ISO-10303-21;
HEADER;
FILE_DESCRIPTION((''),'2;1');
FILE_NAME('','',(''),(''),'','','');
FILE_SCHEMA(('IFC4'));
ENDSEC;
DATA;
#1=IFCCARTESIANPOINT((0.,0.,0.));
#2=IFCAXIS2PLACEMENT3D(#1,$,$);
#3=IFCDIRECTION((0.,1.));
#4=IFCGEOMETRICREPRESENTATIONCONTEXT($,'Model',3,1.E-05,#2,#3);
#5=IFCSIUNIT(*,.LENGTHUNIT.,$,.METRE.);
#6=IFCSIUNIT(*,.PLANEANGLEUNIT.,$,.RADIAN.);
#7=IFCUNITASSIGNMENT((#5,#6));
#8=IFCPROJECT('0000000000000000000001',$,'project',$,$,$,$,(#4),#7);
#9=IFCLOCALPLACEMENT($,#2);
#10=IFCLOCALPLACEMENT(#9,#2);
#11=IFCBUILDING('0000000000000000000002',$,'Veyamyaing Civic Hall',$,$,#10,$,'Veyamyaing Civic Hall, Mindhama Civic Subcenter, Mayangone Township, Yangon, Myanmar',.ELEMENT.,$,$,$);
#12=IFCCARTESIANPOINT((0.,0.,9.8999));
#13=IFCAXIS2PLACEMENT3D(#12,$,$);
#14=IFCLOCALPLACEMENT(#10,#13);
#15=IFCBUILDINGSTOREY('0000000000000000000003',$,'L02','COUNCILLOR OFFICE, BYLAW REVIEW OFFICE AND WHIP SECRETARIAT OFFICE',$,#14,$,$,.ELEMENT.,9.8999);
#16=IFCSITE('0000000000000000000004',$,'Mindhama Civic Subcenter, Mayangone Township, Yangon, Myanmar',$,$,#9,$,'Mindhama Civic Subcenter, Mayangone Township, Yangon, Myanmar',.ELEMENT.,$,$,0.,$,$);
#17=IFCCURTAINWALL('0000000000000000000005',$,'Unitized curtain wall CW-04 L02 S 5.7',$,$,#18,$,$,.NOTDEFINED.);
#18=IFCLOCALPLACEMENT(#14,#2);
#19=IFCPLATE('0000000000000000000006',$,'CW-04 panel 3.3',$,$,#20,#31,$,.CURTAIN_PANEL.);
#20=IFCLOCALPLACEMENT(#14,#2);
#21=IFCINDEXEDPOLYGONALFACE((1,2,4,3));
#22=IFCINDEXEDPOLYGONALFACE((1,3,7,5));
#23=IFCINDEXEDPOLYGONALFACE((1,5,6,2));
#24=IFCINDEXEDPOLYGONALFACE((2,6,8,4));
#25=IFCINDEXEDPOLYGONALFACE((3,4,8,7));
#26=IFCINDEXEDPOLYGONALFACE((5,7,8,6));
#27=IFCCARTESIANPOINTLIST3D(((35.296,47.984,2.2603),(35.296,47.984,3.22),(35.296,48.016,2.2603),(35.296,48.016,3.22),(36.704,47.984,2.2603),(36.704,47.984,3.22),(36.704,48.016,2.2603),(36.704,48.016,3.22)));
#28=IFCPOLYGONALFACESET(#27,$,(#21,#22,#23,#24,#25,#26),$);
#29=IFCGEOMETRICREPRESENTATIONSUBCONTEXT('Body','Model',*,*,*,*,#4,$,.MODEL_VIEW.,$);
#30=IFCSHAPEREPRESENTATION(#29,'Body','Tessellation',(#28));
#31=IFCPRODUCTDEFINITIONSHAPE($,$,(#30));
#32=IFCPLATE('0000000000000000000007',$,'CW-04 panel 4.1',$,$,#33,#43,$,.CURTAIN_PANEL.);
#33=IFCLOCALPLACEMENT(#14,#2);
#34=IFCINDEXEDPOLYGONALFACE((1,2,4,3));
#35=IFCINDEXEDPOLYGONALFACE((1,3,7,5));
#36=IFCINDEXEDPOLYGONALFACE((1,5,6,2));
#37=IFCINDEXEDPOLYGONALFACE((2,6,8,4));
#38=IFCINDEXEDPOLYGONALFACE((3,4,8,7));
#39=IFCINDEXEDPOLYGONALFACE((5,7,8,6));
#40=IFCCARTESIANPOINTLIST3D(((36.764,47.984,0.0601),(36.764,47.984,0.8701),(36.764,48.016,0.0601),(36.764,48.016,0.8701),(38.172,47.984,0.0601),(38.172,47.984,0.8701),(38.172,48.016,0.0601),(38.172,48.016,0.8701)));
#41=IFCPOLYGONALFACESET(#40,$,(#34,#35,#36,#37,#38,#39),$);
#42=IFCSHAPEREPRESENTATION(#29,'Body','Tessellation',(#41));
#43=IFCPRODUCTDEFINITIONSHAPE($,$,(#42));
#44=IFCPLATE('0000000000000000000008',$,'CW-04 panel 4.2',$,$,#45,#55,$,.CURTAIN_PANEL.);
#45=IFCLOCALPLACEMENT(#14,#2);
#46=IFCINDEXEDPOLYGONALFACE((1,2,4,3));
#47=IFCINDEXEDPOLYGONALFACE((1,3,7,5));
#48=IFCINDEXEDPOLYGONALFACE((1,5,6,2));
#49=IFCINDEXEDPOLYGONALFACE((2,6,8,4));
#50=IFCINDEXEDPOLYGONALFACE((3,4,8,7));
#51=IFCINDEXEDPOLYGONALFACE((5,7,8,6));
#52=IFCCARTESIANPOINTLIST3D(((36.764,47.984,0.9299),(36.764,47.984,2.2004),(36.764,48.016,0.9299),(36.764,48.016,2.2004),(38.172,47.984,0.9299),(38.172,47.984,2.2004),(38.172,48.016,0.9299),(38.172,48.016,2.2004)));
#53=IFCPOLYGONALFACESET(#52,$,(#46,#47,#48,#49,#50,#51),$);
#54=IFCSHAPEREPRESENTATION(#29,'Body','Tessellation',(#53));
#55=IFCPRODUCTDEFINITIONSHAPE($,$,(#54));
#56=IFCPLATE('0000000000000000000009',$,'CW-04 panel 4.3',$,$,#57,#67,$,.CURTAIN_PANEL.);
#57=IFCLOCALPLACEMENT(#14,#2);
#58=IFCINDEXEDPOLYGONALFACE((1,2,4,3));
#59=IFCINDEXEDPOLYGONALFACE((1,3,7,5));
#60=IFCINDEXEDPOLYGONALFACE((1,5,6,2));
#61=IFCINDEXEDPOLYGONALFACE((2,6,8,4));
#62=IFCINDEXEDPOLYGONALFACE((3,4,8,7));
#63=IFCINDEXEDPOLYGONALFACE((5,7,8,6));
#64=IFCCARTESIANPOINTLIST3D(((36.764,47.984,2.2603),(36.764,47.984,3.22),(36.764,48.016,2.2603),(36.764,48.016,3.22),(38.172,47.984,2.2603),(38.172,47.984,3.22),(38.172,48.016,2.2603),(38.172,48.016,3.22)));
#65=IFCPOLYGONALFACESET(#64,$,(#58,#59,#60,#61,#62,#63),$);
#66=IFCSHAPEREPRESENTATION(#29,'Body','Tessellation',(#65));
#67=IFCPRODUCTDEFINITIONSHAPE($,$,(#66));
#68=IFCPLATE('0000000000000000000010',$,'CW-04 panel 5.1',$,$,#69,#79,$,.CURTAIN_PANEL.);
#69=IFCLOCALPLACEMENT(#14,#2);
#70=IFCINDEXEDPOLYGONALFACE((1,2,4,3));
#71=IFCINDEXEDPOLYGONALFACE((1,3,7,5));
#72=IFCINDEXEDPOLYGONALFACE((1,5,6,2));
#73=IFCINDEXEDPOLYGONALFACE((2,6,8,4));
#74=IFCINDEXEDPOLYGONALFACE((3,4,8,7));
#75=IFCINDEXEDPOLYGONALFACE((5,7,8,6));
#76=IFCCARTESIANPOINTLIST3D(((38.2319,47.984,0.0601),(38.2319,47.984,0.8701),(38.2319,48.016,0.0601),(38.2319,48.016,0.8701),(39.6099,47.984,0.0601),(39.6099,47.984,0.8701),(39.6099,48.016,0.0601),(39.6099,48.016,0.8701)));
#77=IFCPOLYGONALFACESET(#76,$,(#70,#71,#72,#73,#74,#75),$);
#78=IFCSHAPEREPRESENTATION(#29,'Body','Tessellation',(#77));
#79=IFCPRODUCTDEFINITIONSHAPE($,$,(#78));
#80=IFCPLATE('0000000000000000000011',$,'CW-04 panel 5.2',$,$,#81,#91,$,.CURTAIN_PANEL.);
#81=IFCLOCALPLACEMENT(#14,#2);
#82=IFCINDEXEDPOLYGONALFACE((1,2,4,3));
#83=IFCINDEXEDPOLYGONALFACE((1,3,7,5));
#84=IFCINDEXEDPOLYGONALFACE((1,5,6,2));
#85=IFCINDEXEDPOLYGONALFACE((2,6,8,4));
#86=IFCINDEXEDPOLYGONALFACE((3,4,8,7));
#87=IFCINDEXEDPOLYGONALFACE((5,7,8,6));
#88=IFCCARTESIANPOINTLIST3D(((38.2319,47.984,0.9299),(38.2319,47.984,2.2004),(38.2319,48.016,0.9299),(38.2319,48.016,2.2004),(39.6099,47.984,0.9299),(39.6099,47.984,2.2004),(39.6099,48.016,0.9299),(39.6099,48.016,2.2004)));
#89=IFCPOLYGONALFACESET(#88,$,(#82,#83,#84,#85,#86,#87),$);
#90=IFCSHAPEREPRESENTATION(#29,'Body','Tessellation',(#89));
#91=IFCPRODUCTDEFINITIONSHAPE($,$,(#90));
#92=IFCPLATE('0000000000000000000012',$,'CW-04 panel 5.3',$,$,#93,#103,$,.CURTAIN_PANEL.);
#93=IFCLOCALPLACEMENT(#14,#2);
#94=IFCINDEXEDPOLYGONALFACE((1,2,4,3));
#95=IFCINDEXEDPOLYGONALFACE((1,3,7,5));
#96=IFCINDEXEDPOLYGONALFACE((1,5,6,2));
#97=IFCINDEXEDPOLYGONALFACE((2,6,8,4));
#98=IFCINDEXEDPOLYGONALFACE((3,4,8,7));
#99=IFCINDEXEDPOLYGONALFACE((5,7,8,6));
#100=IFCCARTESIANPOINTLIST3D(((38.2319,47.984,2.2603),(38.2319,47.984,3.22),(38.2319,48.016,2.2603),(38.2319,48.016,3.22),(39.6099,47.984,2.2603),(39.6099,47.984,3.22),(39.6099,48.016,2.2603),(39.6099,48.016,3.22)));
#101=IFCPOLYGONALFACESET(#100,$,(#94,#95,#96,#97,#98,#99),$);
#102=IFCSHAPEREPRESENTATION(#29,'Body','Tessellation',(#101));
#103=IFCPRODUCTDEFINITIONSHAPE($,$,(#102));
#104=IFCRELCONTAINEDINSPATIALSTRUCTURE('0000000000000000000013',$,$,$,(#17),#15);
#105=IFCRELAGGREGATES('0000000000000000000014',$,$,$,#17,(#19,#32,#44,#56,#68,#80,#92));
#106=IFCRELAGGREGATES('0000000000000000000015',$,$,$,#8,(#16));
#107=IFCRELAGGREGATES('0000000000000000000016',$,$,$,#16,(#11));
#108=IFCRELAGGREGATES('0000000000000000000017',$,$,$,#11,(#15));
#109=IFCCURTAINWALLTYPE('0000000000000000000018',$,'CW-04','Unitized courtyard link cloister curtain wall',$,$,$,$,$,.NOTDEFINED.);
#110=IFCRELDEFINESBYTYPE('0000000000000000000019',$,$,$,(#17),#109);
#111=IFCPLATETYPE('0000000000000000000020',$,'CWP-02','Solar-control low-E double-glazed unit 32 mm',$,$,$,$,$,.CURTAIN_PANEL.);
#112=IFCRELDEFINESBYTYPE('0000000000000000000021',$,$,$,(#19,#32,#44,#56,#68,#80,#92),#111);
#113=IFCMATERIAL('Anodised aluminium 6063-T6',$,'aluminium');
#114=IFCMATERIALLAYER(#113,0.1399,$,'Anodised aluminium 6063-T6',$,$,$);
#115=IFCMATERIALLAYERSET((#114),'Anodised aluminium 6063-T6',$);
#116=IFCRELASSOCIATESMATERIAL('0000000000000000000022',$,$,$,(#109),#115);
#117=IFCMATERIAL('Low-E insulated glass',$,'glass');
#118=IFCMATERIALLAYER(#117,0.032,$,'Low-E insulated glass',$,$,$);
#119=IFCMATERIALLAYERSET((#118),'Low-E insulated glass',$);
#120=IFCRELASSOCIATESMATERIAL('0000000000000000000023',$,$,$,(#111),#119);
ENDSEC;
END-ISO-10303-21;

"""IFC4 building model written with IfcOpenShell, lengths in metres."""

from ifc_helpers import new_model, si_unit, direction, frame, origin, origin_2d, place, context, subcontext, project, spatial, rectangle, extrude, material, layer, layer_set, type_object, element, aggregate, save


model = new_model("IFC4")

# Units and contexts
model_context = context("Model", 3, precision=1e-05, world=origin(), true_north=direction((0.0, 1.0)))
body_context = subcontext(model_context, "Body", "Model", "MODEL_VIEW")
ifc_project = project(units=[si_unit("LENGTHUNIT", "METRE"), si_unit("PLANEANGLEUNIT", "RADIAN")], contexts=[model_context])

# Site, building, storey
site_placement = place(None, origin())
site = spatial("IfcSite", under=ifc_project, at=site_placement, Name="Mindhama Civic Subcenter, Mayangone Township, Yangon, Myanmar", LongName="Mindhama Civic Subcenter, Mayangone Township, Yangon, Myanmar", CompositionType="ELEMENT", RefElevation=0.0)
building_placement = place(site_placement, origin())
building = spatial("IfcBuilding", under=site, at=building_placement, Name="Veyamyaing Civic Hall", LongName="Veyamyaing Civic Hall, Mindhama Civic Subcenter, Mayangone Township, Yangon, Myanmar", CompositionType="ELEMENT")
storey_placement = place(building_placement, frame((0.0, 0.0, 9.8999)))
storey = spatial("IfcBuildingStorey", under=building, at=storey_placement, Name="L02", Description="COUNCILLOR OFFICE, BYLAW REVIEW OFFICE AND WHIP SECRETARIAT OFFICE", CompositionType="ELEMENT", Elevation=9.8999)

# Curtain wall, plates
ifc_material_1 = material(Name="Anodised aluminium 6063-T6", Category="aluminium")
ifc_layer_1 = layer(ifc_material_1, 0.1399, Name="Anodised aluminium 6063-T6")
ifc_layer_set_1 = layer_set([ifc_layer_1], Name="Anodised aluminium 6063-T6")
curtain_wall_type = type_object("IfcCurtainWallType", Name="CW-04", Description="Unitized courtyard link cloister curtain wall", PredefinedType="NOTDEFINED", material=ifc_layer_set_1)
curtain_wall_placement = place(storey_placement, origin())
curtain_wall = element("IfcCurtainWall", 1, at=curtain_wall_placement, inside=storey, type_object=curtain_wall_type, Name="Unitized curtain wall CW-04 L02 S 5.7", PredefinedType="NOTDEFINED")
ifc_material_2 = material(Name="Low-E insulated glass", Category="glass")
ifc_layer_2 = layer(ifc_material_2, 0.032, Name="Low-E insulated glass")
ifc_layer_set_2 = layer_set([ifc_layer_2], Name="Low-E insulated glass")
plate_type = type_object("IfcPlateType", Name="CWP-02", Description="Solar-control low-E double-glazed unit 32 mm", PredefinedType="CURTAIN_PANEL", material=ifc_layer_set_2)
plate_1_placement = place(storey_placement, frame((36.0, 48.0, 2.2603), z_axis=(0.0, 0.0, 1.0), x_axis=(1.0, 0.0, 0.0)))
plate_1 = element("IfcPlate", 2, at=plate_1_placement, type_object=plate_type, Name="CW-04 panel 3.3", PredefinedType="CURTAIN_PANEL", context=body_context, shape_type="SweptSolid", body=[
    extrude(rectangle(XDim=1.408, YDim=0.032, at=origin_2d()), origin(), (0.0, 0.0, 1.0), 0.9597),
])
plate_2_placement = place(storey_placement, frame((37.468, 48.0, 0.0601), z_axis=(0.0, 0.0, 1.0), x_axis=(1.0, 0.0, 0.0)))
plate_2 = element("IfcPlate", 3, at=plate_2_placement, type_object=plate_type, Name="CW-04 panel 4.1", PredefinedType="CURTAIN_PANEL", context=body_context, shape_type="SweptSolid", body=[
    extrude(rectangle(XDim=1.408, YDim=0.032, at=origin_2d()), origin(), (0.0, 0.0, 1.0), 0.8101),
])
plate_3_placement = place(storey_placement, frame((37.468, 48.0, 0.9299), z_axis=(0.0, 0.0, 1.0), x_axis=(1.0, 0.0, 0.0)))
plate_3 = element("IfcPlate", 4, at=plate_3_placement, type_object=plate_type, Name="CW-04 panel 4.2", PredefinedType="CURTAIN_PANEL", context=body_context, shape_type="SweptSolid", body=[
    extrude(rectangle(XDim=1.408, YDim=0.032, at=origin_2d()), origin(), (0.0, 0.0, 1.0), 1.2705),
])
plate_4_placement = place(storey_placement, frame((37.468, 48.0, 2.2603), z_axis=(0.0, 0.0, 1.0), x_axis=(1.0, 0.0, 0.0)))
plate_4 = element("IfcPlate", 5, at=plate_4_placement, type_object=plate_type, Name="CW-04 panel 4.3", PredefinedType="CURTAIN_PANEL", context=body_context, shape_type="SweptSolid", body=[
    extrude(rectangle(XDim=1.408, YDim=0.032, at=origin_2d()), origin(), (0.0, 0.0, 1.0), 0.9597),
])
plate_5_placement = place(storey_placement, frame((38.9209, 48.0, 0.0601), z_axis=(0.0, 0.0, 1.0), x_axis=(1.0, 0.0, 0.0)))
plate_5 = element("IfcPlate", 6, at=plate_5_placement, type_object=plate_type, Name="CW-04 panel 5.1", PredefinedType="CURTAIN_PANEL", context=body_context, shape_type="SweptSolid", body=[
    extrude(rectangle(XDim=1.3779, YDim=0.032, at=origin_2d()), origin(), (0.0, 0.0, 1.0), 0.8101),
])
plate_6_placement = place(storey_placement, frame((38.9209, 48.0, 0.9299), z_axis=(0.0, 0.0, 1.0), x_axis=(1.0, 0.0, 0.0)))
plate_6 = element("IfcPlate", 7, at=plate_6_placement, type_object=plate_type, Name="CW-04 panel 5.2", PredefinedType="CURTAIN_PANEL", context=body_context, shape_type="SweptSolid", body=[
    extrude(rectangle(XDim=1.3779, YDim=0.032, at=origin_2d()), origin(), (0.0, 0.0, 1.0), 1.2705),
])
plate_7_placement = place(storey_placement, frame((38.9209, 48.0, 2.2603), z_axis=(0.0, 0.0, 1.0), x_axis=(1.0, 0.0, 0.0)))
plate_7 = element("IfcPlate", 8, at=plate_7_placement, type_object=plate_type, Name="CW-04 panel 5.3", PredefinedType="CURTAIN_PANEL", context=body_context, shape_type="SweptSolid", body=[
    extrude(rectangle(XDim=1.3779, YDim=0.032, at=origin_2d()), origin(), (0.0, 0.0, 1.0), 0.9597),
])
aggregate(curtain_wall, [plate_1, plate_2, plate_3, plate_4, plate_5, plate_6, plate_7])

save(model, "model.ifc")
